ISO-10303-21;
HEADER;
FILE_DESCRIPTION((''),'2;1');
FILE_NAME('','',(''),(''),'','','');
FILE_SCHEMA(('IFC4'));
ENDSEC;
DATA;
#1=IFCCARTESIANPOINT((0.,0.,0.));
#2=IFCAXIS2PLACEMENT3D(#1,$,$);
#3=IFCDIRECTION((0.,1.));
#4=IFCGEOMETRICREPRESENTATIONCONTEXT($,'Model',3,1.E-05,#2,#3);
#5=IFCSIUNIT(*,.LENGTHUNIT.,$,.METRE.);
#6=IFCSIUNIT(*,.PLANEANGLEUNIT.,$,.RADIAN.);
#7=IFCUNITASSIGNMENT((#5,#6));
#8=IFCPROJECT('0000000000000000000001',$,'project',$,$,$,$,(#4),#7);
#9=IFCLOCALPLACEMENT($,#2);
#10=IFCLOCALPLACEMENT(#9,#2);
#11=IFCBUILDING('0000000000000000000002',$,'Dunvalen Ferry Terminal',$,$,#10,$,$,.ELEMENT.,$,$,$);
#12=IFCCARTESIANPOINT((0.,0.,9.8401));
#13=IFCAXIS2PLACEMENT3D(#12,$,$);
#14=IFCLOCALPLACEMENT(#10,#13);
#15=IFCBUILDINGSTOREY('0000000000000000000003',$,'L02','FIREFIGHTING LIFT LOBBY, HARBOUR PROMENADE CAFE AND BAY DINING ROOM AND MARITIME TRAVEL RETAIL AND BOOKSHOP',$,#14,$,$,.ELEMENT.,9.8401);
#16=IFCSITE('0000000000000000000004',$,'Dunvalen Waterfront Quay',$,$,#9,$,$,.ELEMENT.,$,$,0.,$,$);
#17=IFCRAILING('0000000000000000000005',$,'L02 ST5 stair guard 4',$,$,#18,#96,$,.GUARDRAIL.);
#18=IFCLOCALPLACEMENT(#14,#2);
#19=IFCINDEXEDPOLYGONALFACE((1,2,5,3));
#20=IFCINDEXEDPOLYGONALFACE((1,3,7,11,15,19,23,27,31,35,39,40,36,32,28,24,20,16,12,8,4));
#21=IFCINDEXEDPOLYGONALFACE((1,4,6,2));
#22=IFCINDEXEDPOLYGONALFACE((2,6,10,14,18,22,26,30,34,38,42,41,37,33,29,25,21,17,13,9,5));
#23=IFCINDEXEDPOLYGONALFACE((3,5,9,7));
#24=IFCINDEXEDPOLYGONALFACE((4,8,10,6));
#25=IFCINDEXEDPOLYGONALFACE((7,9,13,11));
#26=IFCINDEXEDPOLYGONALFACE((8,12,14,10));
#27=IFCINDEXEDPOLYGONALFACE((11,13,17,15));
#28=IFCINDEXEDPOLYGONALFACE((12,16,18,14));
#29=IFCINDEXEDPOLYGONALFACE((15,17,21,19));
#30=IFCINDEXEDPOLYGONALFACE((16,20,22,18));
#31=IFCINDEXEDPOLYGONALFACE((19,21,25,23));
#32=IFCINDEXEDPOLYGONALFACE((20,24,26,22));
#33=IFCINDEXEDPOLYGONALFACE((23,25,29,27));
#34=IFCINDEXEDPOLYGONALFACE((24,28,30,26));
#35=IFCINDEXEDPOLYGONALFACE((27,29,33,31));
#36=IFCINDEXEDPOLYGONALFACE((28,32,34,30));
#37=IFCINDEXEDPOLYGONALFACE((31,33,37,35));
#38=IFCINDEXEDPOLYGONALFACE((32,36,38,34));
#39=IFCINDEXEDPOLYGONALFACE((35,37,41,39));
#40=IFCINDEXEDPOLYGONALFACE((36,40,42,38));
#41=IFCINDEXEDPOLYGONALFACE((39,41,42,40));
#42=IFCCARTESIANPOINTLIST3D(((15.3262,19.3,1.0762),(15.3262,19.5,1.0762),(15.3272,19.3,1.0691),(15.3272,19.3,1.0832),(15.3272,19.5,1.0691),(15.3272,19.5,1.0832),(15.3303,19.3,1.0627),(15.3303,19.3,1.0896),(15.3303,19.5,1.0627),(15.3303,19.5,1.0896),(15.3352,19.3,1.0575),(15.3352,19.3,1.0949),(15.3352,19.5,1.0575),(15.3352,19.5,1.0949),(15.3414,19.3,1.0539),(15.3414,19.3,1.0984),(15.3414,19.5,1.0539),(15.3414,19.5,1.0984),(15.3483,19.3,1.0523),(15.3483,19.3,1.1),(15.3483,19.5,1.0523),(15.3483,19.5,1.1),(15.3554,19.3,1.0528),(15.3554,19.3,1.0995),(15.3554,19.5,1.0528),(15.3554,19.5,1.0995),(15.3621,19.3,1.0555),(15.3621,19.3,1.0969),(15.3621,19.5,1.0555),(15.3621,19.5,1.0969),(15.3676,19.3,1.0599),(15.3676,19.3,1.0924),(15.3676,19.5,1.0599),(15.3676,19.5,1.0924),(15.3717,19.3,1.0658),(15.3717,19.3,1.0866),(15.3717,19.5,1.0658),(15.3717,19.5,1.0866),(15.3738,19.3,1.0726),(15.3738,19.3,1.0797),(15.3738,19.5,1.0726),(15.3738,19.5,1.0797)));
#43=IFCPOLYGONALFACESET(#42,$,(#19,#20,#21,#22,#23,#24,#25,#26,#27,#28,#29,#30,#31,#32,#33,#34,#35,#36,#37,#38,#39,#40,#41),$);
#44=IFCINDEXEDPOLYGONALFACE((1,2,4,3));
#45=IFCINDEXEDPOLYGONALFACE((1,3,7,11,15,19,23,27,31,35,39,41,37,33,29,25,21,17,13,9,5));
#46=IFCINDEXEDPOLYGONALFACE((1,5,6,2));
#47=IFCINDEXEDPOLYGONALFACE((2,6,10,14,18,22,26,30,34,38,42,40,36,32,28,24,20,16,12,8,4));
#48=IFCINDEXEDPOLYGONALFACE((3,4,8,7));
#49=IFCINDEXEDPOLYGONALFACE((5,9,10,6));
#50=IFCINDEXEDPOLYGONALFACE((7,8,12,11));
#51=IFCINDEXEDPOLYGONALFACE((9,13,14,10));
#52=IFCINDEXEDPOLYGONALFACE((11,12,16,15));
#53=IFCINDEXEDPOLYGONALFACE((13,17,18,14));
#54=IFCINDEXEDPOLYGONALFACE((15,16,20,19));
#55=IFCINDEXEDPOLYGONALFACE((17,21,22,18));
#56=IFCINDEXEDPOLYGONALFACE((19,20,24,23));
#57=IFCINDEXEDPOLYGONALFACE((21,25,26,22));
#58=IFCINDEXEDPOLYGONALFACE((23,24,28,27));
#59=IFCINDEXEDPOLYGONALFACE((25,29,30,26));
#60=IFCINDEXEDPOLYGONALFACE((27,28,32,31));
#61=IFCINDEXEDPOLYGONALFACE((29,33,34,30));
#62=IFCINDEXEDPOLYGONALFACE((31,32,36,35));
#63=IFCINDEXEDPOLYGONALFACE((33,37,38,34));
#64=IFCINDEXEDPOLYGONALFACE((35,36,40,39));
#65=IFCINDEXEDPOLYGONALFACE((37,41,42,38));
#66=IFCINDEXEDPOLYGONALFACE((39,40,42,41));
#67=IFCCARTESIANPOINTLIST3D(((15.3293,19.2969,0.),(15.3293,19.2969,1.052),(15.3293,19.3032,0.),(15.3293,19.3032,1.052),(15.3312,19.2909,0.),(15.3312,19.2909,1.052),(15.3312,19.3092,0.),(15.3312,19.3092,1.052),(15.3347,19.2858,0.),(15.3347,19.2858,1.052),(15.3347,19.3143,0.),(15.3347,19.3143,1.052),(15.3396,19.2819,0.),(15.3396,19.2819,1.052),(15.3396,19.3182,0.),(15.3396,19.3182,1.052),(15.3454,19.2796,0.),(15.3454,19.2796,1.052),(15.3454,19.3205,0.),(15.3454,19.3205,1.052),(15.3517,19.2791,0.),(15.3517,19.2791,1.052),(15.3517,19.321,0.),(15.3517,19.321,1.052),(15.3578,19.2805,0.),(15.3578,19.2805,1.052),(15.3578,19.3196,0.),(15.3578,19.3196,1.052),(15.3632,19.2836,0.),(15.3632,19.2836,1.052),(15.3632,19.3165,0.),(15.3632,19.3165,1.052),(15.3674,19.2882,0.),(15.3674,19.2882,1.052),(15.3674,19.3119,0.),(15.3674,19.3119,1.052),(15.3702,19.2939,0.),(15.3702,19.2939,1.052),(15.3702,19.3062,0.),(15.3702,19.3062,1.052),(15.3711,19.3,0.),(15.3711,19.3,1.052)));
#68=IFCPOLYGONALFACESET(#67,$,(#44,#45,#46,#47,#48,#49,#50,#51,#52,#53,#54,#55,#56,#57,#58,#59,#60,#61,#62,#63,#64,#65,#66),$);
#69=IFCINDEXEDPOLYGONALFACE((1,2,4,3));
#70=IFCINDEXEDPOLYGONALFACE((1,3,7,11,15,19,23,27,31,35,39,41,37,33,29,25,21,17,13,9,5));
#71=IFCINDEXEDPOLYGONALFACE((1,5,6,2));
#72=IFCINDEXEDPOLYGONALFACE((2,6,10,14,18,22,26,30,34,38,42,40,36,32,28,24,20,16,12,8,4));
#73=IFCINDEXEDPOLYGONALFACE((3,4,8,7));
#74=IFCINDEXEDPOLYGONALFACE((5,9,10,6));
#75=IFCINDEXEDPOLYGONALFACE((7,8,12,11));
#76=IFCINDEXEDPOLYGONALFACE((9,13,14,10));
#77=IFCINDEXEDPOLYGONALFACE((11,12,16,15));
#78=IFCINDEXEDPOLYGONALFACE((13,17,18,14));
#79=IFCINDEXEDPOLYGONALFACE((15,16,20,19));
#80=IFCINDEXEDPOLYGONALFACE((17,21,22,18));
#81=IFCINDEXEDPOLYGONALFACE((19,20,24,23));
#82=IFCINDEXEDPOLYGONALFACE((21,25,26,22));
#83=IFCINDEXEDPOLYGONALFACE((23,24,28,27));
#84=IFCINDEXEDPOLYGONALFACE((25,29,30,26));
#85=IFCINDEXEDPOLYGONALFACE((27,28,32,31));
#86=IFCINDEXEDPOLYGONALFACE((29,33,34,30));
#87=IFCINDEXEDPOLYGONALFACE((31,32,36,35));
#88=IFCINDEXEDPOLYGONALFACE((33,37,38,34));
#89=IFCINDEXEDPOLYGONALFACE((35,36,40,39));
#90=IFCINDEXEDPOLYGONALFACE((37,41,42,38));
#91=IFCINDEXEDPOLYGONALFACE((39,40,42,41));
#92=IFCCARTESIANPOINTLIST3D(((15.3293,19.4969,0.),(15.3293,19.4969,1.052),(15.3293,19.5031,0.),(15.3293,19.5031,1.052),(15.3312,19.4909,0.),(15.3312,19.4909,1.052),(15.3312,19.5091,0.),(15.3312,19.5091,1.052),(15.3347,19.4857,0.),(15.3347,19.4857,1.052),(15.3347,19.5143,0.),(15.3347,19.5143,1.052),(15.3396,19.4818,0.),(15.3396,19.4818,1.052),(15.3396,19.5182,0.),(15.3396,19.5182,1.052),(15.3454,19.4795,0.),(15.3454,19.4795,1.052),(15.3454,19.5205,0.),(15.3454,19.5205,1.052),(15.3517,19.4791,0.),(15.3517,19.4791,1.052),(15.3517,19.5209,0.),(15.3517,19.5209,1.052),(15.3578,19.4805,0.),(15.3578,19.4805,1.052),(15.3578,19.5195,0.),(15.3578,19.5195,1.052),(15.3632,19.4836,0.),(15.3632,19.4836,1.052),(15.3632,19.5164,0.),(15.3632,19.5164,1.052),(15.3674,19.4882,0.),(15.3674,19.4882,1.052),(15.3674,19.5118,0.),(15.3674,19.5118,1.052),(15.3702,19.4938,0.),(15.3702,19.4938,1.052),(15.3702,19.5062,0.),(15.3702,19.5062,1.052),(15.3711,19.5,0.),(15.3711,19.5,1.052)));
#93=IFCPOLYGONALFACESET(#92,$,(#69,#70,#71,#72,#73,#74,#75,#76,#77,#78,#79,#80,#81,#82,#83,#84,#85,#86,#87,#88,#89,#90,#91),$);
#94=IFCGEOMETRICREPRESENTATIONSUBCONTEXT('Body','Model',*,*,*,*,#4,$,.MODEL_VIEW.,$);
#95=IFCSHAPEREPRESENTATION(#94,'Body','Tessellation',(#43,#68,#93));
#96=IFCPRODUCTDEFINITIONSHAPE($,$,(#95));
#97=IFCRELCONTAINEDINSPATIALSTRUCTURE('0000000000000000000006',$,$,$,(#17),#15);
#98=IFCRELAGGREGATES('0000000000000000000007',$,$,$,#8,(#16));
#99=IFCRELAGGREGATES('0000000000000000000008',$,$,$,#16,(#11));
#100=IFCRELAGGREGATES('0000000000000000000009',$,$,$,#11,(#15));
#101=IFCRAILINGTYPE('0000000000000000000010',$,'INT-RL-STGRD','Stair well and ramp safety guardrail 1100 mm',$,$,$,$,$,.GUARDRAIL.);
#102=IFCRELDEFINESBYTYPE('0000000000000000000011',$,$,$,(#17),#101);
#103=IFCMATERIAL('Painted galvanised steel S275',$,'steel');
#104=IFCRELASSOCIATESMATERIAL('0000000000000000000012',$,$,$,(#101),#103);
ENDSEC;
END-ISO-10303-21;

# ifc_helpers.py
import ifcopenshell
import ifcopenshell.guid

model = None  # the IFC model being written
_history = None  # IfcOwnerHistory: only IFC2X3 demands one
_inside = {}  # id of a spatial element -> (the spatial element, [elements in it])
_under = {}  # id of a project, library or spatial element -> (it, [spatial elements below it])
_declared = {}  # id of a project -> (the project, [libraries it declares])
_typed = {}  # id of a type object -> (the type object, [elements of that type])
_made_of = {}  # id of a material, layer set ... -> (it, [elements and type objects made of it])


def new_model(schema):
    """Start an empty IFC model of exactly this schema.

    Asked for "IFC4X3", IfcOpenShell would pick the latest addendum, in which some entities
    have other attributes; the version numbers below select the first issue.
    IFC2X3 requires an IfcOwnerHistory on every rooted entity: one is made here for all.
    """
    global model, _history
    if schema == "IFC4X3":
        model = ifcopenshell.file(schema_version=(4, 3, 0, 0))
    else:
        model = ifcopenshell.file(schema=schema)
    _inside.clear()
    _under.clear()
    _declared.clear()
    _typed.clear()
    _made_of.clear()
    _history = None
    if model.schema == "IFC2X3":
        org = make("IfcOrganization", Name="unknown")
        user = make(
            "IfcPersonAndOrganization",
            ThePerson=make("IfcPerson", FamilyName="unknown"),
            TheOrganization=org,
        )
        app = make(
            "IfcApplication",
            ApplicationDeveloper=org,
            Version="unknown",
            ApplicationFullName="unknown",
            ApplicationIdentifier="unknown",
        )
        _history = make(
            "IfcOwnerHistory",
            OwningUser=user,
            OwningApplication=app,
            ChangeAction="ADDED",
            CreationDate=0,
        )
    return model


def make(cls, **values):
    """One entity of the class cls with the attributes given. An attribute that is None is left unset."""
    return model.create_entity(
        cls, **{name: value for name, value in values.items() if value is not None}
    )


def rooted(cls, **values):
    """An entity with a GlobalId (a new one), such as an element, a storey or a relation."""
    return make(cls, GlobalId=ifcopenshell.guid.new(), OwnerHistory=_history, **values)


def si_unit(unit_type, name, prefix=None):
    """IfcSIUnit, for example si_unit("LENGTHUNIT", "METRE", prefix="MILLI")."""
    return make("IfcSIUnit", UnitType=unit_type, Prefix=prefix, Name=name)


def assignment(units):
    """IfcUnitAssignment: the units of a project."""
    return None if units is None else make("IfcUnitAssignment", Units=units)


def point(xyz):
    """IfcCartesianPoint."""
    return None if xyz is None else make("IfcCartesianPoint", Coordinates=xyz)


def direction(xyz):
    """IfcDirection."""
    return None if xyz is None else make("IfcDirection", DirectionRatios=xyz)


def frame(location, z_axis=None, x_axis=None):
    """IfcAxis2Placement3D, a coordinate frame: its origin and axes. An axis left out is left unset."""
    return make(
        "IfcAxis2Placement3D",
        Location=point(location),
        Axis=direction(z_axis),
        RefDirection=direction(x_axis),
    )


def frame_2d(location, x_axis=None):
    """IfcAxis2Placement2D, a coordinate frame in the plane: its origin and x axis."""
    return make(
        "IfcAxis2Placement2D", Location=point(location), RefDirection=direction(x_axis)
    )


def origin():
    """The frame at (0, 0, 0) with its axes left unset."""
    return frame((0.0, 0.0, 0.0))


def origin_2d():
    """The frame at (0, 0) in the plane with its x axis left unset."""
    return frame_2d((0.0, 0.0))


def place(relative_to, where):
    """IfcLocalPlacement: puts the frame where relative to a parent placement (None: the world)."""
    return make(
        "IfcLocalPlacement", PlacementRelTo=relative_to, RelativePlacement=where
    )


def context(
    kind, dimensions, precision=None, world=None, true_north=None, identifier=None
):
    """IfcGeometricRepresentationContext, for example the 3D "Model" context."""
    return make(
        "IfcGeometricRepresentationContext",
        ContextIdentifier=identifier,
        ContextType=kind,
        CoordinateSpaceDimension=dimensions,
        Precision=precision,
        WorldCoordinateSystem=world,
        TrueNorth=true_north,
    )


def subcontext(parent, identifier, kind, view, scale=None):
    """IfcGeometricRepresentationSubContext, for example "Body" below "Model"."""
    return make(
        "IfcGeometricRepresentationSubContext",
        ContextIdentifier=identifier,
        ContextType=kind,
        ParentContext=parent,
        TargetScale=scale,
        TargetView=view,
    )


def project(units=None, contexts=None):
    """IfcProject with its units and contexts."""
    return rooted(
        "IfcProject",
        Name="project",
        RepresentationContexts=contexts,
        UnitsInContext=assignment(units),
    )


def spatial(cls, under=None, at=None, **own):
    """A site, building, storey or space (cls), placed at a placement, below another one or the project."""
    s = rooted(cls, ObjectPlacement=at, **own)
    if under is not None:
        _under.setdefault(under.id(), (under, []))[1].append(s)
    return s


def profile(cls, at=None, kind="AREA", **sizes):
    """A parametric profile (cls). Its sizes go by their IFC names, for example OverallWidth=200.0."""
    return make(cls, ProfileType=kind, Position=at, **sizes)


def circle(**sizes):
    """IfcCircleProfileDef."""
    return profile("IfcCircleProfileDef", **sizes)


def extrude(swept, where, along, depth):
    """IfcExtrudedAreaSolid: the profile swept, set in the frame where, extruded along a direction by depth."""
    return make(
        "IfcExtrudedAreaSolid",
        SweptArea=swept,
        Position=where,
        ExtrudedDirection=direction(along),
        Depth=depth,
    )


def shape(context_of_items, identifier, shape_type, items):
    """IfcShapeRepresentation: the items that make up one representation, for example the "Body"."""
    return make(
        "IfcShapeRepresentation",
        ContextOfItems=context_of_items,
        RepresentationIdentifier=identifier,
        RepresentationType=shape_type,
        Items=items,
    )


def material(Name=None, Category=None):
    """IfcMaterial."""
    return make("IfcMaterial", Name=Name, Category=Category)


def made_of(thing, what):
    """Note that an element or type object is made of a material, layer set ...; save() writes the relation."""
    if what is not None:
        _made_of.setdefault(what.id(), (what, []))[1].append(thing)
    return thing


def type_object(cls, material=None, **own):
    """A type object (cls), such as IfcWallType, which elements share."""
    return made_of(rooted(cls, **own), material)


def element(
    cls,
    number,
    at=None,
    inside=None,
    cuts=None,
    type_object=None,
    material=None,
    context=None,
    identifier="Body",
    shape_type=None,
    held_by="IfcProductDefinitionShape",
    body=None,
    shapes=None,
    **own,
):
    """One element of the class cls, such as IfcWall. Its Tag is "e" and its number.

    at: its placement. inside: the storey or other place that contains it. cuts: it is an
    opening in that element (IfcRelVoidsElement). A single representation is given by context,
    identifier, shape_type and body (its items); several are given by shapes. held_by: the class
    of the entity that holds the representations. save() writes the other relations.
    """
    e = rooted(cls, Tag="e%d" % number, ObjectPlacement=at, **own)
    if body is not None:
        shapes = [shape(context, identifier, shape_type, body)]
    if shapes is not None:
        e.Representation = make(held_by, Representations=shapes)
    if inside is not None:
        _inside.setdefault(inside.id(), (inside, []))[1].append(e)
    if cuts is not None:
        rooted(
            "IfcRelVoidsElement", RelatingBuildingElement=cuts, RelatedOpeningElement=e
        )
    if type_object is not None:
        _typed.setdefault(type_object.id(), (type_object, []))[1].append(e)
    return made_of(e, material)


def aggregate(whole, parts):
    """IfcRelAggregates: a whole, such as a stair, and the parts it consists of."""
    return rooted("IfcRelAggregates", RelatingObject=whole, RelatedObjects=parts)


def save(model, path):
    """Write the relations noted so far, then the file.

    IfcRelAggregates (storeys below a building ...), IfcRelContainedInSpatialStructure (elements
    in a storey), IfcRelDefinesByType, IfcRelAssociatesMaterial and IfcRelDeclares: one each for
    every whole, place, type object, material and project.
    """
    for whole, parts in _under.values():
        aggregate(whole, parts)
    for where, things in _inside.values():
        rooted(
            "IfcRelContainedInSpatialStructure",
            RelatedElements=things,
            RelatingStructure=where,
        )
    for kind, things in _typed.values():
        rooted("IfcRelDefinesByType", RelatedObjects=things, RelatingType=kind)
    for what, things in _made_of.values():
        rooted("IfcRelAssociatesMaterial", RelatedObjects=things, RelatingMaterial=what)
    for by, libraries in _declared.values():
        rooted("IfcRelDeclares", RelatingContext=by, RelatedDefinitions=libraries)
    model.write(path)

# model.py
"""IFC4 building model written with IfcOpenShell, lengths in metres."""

from ifc_helpers import new_model, si_unit, direction, frame, origin, origin_2d, place, context, subcontext, project, spatial, circle, extrude, material, type_object, element, save


model = new_model("IFC4")

# Units and contexts
model_context = context("Model", 3, precision=1e-05, world=origin(), true_north=direction((0.0, 1.0)))
body_context = subcontext(model_context, "Body", "Model", "MODEL_VIEW")
ifc_project = project(units=[si_unit("LENGTHUNIT", "METRE"), si_unit("PLANEANGLEUNIT", "RADIAN")], contexts=[model_context])

# Site, building, storey
site_placement = place(None, origin())
site = spatial("IfcSite", under=ifc_project, at=site_placement, Name="Dunvalen Waterfront Quay", CompositionType="ELEMENT", RefElevation=0.0)
building_placement = place(site_placement, origin())
building = spatial("IfcBuilding", under=site, at=building_placement, Name="Dunvalen Ferry Terminal", CompositionType="ELEMENT")
storey_placement = place(building_placement, frame((0.0, 0.0, 9.8401)))
storey = spatial("IfcBuildingStorey", under=building, at=storey_placement, Name="L02", Description="FIREFIGHTING LIFT LOBBY, HARBOUR PROMENADE CAFE AND BAY DINING ROOM AND MARITIME TRAVEL RETAIL AND BOOKSHOP", CompositionType="ELEMENT", Elevation=9.8401)

# Railing
ifc_material_1 = material(Name="Painted galvanised steel S275", Category="steel")
railing_type_1 = type_object("IfcRailingType", Name="INT-RL-STGRD", Description="Stair well and ramp safety guardrail 1100 mm", PredefinedType="GUARDRAIL", material=ifc_material_1)
railing_1_placement = place(storey_placement, frame((15.3501, 19.3, 0.0)))
element("IfcRailing", 1, at=railing_1_placement, inside=storey, type_object=railing_type_1, Name="L02 ST5 stair guard 4", PredefinedType="GUARDRAIL", context=body_context, shape_type="SweptSolid", body=[
    extrude(circle(Radius=0.0239, at=origin_2d()), frame((0.0, 0.0, 1.0762), z_axis=(0.0, 1.0, 0.0), x_axis=(-1.0, 0.0, 0.0)), (0.0, 0.0, 1.0), 0.2),
    extrude(circle(Radius=0.021, at=origin_2d()), origin(), (0.0, 0.0, 1.0), 1.052),
    extrude(circle(Radius=0.021, at=origin_2d()), frame((0.0, 0.2, 0.0)), (0.0, 0.0, 1.0), 1.052),
])

save(model, "model.ifc")
